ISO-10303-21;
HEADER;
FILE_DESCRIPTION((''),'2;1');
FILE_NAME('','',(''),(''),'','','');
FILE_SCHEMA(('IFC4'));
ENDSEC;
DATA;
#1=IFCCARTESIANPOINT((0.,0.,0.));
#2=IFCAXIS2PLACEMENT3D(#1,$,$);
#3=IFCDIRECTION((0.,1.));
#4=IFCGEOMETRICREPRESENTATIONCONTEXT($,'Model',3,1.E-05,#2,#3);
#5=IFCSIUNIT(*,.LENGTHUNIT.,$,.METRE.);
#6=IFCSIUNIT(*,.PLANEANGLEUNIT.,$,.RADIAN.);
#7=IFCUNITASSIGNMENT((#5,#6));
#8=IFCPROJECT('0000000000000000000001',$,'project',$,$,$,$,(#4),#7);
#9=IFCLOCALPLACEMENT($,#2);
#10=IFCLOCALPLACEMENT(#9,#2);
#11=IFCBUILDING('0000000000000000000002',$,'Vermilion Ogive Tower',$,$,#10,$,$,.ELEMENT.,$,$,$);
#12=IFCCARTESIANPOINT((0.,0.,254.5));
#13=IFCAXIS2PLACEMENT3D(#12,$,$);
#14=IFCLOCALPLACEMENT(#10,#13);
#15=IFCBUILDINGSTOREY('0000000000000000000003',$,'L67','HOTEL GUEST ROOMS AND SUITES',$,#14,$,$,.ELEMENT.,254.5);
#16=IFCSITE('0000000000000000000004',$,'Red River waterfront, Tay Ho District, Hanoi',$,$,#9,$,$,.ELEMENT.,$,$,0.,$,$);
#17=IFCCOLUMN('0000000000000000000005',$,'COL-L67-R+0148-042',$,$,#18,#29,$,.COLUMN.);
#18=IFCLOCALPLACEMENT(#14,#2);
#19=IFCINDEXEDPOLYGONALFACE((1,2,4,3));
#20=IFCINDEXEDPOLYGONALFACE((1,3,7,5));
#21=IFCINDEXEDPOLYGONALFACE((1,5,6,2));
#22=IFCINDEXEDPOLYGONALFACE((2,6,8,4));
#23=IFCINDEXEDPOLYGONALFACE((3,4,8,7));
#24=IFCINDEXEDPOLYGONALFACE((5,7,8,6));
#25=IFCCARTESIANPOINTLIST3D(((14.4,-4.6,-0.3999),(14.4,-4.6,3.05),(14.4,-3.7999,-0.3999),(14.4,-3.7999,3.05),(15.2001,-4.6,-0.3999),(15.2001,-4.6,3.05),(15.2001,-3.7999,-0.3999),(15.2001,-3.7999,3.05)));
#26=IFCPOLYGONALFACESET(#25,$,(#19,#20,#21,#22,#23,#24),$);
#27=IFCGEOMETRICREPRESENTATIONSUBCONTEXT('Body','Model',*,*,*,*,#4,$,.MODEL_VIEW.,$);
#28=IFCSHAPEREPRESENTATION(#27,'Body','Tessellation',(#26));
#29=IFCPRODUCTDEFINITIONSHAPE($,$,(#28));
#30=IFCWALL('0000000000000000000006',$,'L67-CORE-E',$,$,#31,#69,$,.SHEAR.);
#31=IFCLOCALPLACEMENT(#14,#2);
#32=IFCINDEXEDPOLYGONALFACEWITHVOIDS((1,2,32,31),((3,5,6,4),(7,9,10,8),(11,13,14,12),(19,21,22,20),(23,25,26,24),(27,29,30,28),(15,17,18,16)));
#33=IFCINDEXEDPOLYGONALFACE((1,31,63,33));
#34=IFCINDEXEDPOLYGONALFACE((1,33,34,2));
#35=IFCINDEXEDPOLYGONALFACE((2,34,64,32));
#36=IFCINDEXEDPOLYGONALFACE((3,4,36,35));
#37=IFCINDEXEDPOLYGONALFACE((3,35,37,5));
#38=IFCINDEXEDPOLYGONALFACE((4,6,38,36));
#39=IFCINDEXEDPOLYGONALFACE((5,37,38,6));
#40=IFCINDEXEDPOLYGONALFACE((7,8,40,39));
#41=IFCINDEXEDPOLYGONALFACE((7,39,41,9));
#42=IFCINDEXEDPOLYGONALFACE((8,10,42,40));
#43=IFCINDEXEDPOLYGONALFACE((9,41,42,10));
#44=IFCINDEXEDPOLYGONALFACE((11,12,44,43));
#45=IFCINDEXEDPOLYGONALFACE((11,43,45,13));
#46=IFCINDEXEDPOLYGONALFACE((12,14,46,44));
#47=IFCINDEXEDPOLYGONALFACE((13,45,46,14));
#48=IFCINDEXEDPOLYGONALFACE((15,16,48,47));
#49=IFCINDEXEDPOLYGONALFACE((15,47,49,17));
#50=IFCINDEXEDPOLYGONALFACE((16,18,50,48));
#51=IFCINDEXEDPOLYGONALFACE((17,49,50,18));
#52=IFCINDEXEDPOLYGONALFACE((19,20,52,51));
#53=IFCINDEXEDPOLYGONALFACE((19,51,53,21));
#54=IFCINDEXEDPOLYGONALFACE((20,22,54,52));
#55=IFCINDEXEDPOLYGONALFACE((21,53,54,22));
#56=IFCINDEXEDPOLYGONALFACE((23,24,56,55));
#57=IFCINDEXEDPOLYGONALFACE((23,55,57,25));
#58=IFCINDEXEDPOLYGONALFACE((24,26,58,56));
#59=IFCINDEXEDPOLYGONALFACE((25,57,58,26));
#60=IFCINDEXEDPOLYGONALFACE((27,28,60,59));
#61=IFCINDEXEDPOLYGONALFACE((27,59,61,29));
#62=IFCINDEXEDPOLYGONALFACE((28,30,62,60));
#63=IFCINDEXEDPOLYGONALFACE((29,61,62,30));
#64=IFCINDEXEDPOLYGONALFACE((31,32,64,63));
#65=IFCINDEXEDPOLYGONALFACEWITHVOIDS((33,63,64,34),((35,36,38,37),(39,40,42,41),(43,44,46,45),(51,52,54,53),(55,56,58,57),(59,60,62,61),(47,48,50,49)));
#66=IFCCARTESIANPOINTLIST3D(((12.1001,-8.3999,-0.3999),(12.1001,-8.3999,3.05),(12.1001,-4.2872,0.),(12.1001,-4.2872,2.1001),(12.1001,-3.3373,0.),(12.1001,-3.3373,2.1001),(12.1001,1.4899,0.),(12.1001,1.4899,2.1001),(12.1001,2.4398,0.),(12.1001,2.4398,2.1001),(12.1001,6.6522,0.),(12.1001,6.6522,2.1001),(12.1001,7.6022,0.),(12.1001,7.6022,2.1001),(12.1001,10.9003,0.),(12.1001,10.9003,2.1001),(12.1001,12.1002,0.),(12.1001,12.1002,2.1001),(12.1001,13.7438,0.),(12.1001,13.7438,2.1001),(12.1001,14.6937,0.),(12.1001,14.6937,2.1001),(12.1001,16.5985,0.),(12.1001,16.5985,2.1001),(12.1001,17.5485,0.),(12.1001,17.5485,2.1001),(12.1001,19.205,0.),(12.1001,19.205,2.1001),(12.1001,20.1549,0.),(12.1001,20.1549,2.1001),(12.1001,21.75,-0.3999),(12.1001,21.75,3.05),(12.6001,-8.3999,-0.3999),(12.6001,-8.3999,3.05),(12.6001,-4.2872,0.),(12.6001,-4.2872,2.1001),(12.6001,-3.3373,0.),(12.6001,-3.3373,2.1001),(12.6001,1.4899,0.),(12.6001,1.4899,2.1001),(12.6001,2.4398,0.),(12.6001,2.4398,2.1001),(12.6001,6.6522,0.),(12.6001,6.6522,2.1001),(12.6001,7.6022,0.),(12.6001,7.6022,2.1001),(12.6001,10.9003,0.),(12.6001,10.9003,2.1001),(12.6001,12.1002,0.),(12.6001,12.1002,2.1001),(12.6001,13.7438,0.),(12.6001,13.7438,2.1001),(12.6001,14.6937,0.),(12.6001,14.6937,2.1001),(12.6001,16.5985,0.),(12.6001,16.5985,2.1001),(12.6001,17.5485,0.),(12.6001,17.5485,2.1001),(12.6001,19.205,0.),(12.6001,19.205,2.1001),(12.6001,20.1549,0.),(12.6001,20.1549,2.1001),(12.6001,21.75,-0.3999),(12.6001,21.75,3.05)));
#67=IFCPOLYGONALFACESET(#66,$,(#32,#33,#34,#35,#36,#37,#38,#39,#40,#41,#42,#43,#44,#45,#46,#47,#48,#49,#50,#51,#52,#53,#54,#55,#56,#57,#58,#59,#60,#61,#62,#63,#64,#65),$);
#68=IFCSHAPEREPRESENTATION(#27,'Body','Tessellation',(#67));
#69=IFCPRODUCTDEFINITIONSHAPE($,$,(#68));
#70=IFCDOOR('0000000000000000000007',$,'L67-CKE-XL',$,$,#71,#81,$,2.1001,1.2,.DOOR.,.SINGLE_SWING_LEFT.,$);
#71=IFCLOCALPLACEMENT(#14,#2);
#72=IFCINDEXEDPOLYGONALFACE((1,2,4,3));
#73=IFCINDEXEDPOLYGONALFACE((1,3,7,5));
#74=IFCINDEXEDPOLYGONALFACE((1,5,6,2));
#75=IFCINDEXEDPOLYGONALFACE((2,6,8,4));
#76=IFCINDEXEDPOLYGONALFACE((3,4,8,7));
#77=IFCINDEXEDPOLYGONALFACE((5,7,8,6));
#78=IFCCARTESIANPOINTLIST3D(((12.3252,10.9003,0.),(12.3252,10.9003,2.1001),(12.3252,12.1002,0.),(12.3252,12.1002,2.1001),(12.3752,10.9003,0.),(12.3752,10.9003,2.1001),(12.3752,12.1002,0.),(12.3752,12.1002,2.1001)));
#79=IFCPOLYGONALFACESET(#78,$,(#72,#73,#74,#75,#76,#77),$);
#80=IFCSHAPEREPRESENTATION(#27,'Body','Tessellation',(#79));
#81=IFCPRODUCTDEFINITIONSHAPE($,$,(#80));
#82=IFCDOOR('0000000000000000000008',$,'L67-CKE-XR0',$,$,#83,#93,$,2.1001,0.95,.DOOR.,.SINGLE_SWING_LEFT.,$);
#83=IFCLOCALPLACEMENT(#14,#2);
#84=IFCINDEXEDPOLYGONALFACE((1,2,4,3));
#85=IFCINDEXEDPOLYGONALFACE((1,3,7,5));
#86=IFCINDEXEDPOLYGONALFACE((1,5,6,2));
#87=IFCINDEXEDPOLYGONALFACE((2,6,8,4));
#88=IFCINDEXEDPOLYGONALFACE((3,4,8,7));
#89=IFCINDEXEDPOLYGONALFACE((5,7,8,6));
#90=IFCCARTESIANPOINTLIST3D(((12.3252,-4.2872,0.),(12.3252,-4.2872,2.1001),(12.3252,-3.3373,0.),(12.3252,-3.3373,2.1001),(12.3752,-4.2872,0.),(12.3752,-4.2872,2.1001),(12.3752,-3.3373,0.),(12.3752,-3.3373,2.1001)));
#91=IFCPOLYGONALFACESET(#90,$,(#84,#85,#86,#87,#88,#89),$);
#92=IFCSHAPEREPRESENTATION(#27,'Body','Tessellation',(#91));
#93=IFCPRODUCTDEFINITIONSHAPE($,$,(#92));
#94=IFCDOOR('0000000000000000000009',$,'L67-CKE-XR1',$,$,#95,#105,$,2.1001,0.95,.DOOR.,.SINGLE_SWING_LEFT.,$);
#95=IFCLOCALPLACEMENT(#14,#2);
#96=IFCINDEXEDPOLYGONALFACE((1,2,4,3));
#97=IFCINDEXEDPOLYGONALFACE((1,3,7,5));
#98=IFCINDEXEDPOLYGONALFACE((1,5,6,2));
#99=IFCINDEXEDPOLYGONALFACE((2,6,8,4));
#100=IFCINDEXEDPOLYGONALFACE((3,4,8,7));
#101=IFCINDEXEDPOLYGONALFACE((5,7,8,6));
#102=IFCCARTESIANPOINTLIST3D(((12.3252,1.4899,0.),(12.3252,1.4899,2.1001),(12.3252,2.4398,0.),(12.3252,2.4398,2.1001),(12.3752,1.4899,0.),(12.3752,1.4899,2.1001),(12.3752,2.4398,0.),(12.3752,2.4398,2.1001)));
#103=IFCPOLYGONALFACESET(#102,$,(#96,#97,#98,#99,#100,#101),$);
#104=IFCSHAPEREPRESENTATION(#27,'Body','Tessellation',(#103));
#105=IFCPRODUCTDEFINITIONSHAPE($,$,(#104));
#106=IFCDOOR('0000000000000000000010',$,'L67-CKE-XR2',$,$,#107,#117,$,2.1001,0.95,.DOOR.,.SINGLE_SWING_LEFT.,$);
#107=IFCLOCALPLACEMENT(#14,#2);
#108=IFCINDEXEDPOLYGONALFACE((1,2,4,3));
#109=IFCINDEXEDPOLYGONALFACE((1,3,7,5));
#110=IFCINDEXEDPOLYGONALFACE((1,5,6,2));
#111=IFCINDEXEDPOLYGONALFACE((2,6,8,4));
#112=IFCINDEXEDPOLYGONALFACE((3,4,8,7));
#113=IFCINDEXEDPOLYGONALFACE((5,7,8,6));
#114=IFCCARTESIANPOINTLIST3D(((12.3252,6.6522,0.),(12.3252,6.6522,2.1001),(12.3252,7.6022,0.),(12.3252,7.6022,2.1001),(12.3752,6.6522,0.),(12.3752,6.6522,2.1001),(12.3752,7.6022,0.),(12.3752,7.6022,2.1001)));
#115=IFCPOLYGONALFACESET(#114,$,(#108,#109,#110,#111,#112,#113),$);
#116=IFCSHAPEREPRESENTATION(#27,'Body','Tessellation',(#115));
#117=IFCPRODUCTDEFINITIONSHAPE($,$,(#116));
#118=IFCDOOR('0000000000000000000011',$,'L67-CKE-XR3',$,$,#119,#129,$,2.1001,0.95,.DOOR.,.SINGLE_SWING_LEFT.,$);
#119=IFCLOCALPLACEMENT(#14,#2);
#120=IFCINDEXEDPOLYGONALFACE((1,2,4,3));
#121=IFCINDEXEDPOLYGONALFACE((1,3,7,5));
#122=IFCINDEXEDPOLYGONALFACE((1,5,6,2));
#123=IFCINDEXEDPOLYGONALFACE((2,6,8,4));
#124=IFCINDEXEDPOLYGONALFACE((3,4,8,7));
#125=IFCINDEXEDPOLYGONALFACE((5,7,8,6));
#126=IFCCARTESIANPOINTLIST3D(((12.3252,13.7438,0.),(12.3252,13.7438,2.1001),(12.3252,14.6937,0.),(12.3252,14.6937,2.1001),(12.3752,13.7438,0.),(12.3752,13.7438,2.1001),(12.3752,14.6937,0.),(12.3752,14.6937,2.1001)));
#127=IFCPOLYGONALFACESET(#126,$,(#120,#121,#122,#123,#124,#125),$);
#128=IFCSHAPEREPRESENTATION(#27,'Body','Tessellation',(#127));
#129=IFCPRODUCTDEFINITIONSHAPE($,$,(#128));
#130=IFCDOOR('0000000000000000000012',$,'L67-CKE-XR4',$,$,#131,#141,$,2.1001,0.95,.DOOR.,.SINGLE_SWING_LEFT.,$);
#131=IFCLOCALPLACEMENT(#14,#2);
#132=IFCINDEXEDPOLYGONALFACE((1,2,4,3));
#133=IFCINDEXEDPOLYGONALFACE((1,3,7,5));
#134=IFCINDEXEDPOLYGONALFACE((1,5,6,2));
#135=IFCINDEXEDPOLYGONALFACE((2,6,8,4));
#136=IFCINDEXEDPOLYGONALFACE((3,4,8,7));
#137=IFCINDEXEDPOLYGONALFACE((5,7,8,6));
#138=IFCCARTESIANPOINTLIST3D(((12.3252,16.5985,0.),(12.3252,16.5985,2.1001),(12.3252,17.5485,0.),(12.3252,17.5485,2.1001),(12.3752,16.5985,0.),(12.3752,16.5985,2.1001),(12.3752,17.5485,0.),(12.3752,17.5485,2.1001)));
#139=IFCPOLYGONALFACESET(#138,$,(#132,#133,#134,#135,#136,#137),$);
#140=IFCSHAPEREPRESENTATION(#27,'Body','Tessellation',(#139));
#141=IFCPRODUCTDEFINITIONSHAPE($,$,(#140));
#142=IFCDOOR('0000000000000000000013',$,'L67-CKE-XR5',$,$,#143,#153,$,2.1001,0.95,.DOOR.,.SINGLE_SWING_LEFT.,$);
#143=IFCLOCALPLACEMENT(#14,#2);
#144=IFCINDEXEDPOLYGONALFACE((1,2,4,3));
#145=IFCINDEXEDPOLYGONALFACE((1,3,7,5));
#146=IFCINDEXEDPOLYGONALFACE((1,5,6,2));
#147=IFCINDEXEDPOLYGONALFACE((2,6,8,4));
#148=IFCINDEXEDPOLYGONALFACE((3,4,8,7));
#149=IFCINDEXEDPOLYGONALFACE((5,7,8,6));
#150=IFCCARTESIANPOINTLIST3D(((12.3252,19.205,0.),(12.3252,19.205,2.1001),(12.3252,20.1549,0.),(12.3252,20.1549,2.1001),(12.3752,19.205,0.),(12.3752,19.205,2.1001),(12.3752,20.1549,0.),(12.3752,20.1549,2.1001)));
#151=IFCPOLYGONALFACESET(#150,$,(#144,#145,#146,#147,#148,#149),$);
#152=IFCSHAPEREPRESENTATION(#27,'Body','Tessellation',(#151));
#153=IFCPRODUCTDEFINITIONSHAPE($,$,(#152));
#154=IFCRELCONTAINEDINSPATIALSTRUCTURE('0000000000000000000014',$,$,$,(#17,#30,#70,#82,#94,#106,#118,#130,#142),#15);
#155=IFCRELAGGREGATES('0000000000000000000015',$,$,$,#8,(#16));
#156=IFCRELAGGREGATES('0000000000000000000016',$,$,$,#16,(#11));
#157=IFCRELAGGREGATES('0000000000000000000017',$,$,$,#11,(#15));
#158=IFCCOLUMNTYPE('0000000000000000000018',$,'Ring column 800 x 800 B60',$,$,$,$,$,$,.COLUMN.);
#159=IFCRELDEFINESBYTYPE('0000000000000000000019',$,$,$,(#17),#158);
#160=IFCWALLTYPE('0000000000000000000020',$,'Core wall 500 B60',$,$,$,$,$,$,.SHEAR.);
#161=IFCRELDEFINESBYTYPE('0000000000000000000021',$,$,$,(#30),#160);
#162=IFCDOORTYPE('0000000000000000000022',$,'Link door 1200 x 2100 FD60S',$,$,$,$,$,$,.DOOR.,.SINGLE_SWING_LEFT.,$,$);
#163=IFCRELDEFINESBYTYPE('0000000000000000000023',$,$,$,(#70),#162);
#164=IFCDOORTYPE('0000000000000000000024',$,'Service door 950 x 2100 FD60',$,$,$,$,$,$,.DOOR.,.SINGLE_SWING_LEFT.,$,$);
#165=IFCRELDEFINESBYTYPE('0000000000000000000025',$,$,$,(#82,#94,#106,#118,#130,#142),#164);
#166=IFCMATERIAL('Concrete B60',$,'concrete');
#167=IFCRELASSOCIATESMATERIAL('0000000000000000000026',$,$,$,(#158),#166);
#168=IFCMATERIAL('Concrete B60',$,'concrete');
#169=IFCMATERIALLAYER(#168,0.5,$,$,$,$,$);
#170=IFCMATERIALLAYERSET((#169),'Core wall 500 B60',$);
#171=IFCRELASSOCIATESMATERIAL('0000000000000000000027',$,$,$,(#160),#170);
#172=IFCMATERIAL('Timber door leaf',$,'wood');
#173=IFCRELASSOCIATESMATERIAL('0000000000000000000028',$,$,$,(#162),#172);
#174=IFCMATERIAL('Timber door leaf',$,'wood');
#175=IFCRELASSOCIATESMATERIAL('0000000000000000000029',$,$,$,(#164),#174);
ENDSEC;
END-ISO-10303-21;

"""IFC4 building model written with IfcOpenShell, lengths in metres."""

from ifc_helpers import new_model, si_unit, direction, frame, frame_2d, origin, origin_2d, place, context, subcontext, project, spatial, rectangle, extrude, material, layer, layer_set, material_profile, profile_set, type_object, element, fill, save


model = new_model("IFC4")

# Units and contexts
model_context = context("Model", 3, precision=1e-05, world=origin(), true_north=direction((0.0, 1.0)))
body_context = subcontext(model_context, "Body", "Model", "MODEL_VIEW")
ifc_project = project(units=[si_unit("LENGTHUNIT", "METRE"), si_unit("PLANEANGLEUNIT", "RADIAN")], contexts=[model_context])

# Site, building, storey
site_placement = place(None, origin())
site = spatial("IfcSite", under=ifc_project, at=site_placement, Name="Red River waterfront, Tay Ho District, Hanoi", CompositionType="ELEMENT", RefElevation=0.0)
building_placement = place(site_placement, origin())
building = spatial("IfcBuilding", under=site, at=building_placement, Name="Vermilion Ogive Tower", CompositionType="ELEMENT")
storey_placement = place(building_placement, frame((0.0, 0.0, 254.5)))
storey = spatial("IfcBuildingStorey", under=building, at=storey_placement, Name="L67", Description="HOTEL GUEST ROOMS AND SUITES", CompositionType="ELEMENT", Elevation=254.5)

# Column
ifc_material_1 = material(Name="Concrete B60", Category="concrete")
ifc_material_profile = material_profile(ifc_material_1, rectangle(XDim=0.8, YDim=0.8, at=origin_2d()), Name="800 x 800")
ifc_profile_set = profile_set([ifc_material_profile], Name="Concrete B60")
column_type = type_object("IfcColumnType", Name="Ring column 800 x 800 B60", PredefinedType="COLUMN", material=ifc_profile_set)
column_placement = place(storey_placement, frame((14.8, -4.2, -0.3999), z_axis=(0.0, 0.0, 1.0), x_axis=(1.0, 0.0, 0.0)))
element("IfcColumn", 1, at=column_placement, inside=storey, type_object=column_type, Name="COL-L67-R+0148-042", PredefinedType="COLUMN", context=body_context, shape_type="SweptSolid", body=[
    extrude(rectangle(XDim=0.8, YDim=0.8, at=origin_2d()), origin(), (0.0, 0.0, 1.0), 3.45),
])

# Wall, openings, doors
ifc_material_2 = material(Name="Concrete B60", Category="concrete")
ifc_layer_1 = layer(ifc_material_2, 0.5)
ifc_layer_set_1 = layer_set([ifc_layer_1], Name="Core wall 500 B60")
wall_type_1 = type_object("IfcWallType", Name="Core wall 500 B60", PredefinedType="SHEAR", material=ifc_layer_set_1)
wall_1_placement = place(storey_placement, frame((12.3501, -8.3999, -0.3999), z_axis=(0.0, 0.0, 1.0), x_axis=(0.0, 1.0, 0.0)))
wall_1 = element("IfcWall", 2, at=wall_1_placement, inside=storey, type_object=wall_type_1, Name="L67-CORE-E", PredefinedType="SHEAR", context=body_context, shape_type="SweptSolid", body=[
    extrude(rectangle(XDim=30.1499, YDim=0.5, at=frame_2d((15.075, 0.0))), origin(), (0.0, 0.0, 1.0), 3.45),
])
opening_1_placement = place(wall_1_placement, frame((4.1125, 0.0, 0.3999)))
opening_1 = element("IfcOpeningElement", 3, at=opening_1_placement, cuts=wall_1, PredefinedType="OPENING", context=body_context, shape_type="SweptSolid", body=[
    extrude(rectangle(XDim=0.95, YDim=2.1001, at=frame_2d((0.4751, 1.05))), frame((0.0, 0.26, 0.0), z_axis=(0.0, -1.0, 0.0), x_axis=(1.0, 0.0, 0.0)), (0.0, 0.0, 1.0), 0.52),
])
opening_2_placement = place(wall_1_placement, frame((9.8896, 0.0, 0.3999)))
opening_2 = element("IfcOpeningElement", 4, at=opening_2_placement, cuts=wall_1, PredefinedType="OPENING", context=body_context, shape_type="SweptSolid", body=[
    extrude(rectangle(XDim=0.95, YDim=2.1001, at=frame_2d((0.4751, 1.05))), frame((0.0, 0.26, 0.0), z_axis=(0.0, -1.0, 0.0), x_axis=(1.0, 0.0, 0.0)), (0.0, 0.0, 1.0), 0.52),
])
opening_3_placement = place(wall_1_placement, frame((15.052, 0.0, 0.3999)))
opening_3 = element("IfcOpeningElement", 5, at=opening_3_placement, cuts=wall_1, PredefinedType="OPENING", context=body_context, shape_type="SweptSolid", body=[
    extrude(rectangle(XDim=0.95, YDim=2.1001, at=frame_2d((0.4751, 1.05))), frame((0.0, 0.26, 0.0), z_axis=(0.0, -1.0, 0.0), x_axis=(1.0, 0.0, 0.0)), (0.0, 0.0, 1.0), 0.52),
])
opening_4_placement = place(wall_1_placement, frame((22.1436, 0.0, 0.3999)))
opening_4 = element("IfcOpeningElement", 6, at=opening_4_placement, cuts=wall_1, PredefinedType="OPENING", context=body_context, shape_type="SweptSolid", body=[
    extrude(rectangle(XDim=0.95, YDim=2.1001, at=frame_2d((0.4751, 1.05))), frame((0.0, 0.26, 0.0), z_axis=(0.0, -1.0, 0.0), x_axis=(1.0, 0.0, 0.0)), (0.0, 0.0, 1.0), 0.52),
])
opening_5_placement = place(wall_1_placement, frame((24.9983, 0.0, 0.3999)))
opening_5 = element("IfcOpeningElement", 7, at=opening_5_placement, cuts=wall_1, PredefinedType="OPENING", context=body_context, shape_type="SweptSolid", body=[
    extrude(rectangle(XDim=0.95, YDim=2.1001, at=frame_2d((0.4751, 1.05))), frame((0.0, 0.26, 0.0), z_axis=(0.0, -1.0, 0.0), x_axis=(1.0, 0.0, 0.0)), (0.0, 0.0, 1.0), 0.52),
])
opening_6_placement = place(wall_1_placement, frame((27.6047, 0.0, 0.3999)))
opening_6 = element("IfcOpeningElement", 8, at=opening_6_placement, cuts=wall_1, PredefinedType="OPENING", context=body_context, shape_type="SweptSolid", body=[
    extrude(rectangle(XDim=0.95, YDim=2.1001, at=frame_2d((0.4751, 1.05))), frame((0.0, 0.26, 0.0), z_axis=(0.0, -1.0, 0.0), x_axis=(1.0, 0.0, 0.0)), (0.0, 0.0, 1.0), 0.52),
])
opening_7_placement = place(wall_1_placement, frame((19.3, 0.0, 0.3999)))
opening_7 = element("IfcOpeningElement", 9, at=opening_7_placement, cuts=wall_1, PredefinedType="OPENING", context=body_context, shape_type="SweptSolid", body=[
    extrude(rectangle(XDim=1.2, YDim=2.1001, at=frame_2d((0.6001, 1.05))), frame((0.0, 0.26, 0.0), z_axis=(0.0, -1.0, 0.0), x_axis=(1.0, 0.0, 0.0)), (0.0, 0.0, 1.0), 0.52),
])
ifc_material_3 = material(Name="Timber door leaf", Category="wood")
door_type_1 = type_object("IfcDoorType", Name="Link door 1200 x 2100 FD60S", OperationType="SINGLE_SWING_LEFT", PredefinedType="DOOR", material=ifc_material_3)
door_1_placement = place(opening_7_placement, origin())
door_1 = element("IfcDoor", 10, at=door_1_placement, inside=storey, type_object=door_type_1, Name="L67-CKE-XL", OperationType="SINGLE_SWING_LEFT", OverallHeight=2.1001, OverallWidth=1.2, PredefinedType="DOOR", context=body_context, shape_type="SweptSolid", body=[
    extrude(rectangle(XDim=1.2, YDim=2.1001, at=frame_2d((0.6001, 1.05))), frame((0.0, 0.0249, 0.0), z_axis=(0.0, -1.0, 0.0), x_axis=(1.0, 0.0, 0.0)), (0.0, 0.0, 1.0), 0.05),
])
fill(opening_7, door_1)
ifc_material_4 = material(Name="Timber door leaf", Category="wood")
door_type_2 = type_object("IfcDoorType", Name="Service door 950 x 2100 FD60", OperationType="SINGLE_SWING_LEFT", PredefinedType="DOOR", material=ifc_material_4)
door_2_placement = place(opening_1_placement, origin())
door_2 = element("IfcDoor", 11, at=door_2_placement, inside=storey, type_object=door_type_2, Name="L67-CKE-XR0", OperationType="SINGLE_SWING_LEFT", OverallHeight=2.1001, OverallWidth=0.95, PredefinedType="DOOR", context=body_context, shape_type="SweptSolid", body=[
    extrude(rectangle(XDim=0.95, YDim=2.1001, at=frame_2d((0.4751, 1.05))), frame((0.0, 0.0249, 0.0), z_axis=(0.0, -1.0, 0.0), x_axis=(1.0, 0.0, 0.0)), (0.0, 0.0, 1.0), 0.05),
])
fill(opening_1, door_2)
door_3_placement = place(opening_2_placement, origin())
door_3 = element("IfcDoor", 12, at=door_3_placement, inside=storey, type_object=door_type_2, Name="L67-CKE-XR1", OperationType="SINGLE_SWING_LEFT", OverallHeight=2.1001, OverallWidth=0.95, PredefinedType="DOOR", context=body_context, shape_type="SweptSolid", body=[
    extrude(rectangle(XDim=0.95, YDim=2.1001, at=frame_2d((0.4751, 1.05))), frame((0.0, 0.0249, 0.0), z_axis=(0.0, -1.0, 0.0), x_axis=(1.0, 0.0, 0.0)), (0.0, 0.0, 1.0), 0.05),
])
fill(opening_2, door_3)
door_4_placement = place(opening_3_placement, origin())
door_4 = element("IfcDoor", 13, at=door_4_placement, inside=storey, type_object=door_type_2, Name="L67-CKE-XR2", OperationType="SINGLE_SWING_LEFT", OverallHeight=2.1001, OverallWidth=0.95, PredefinedType="DOOR", context=body_context, shape_type="SweptSolid", body=[
    extrude(rectangle(XDim=0.95, YDim=2.1001, at=frame_2d((0.4751, 1.05))), frame((0.0, 0.0249, 0.0), z_axis=(0.0, -1.0, 0.0), x_axis=(1.0, 0.0, 0.0)), (0.0, 0.0, 1.0), 0.05),
])
fill(opening_3, door_4)
door_5_placement = place(opening_4_placement, origin())
door_5 = element("IfcDoor", 14, at=door_5_placement, inside=storey, type_object=door_type_2, Name="L67-CKE-XR3", OperationType="SINGLE_SWING_LEFT", OverallHeight=2.1001, OverallWidth=0.95, PredefinedType="DOOR", context=body_context, shape_type="SweptSolid", body=[
    extrude(rectangle(XDim=0.95, YDim=2.1001, at=frame_2d((0.4751, 1.05))), frame((0.0, 0.0249, 0.0), z_axis=(0.0, -1.0, 0.0), x_axis=(1.0, 0.0, 0.0)), (0.0, 0.0, 1.0), 0.05),
])
fill(opening_4, door_5)
door_6_placement = place(opening_5_placement, origin())
door_6 = element("IfcDoor", 15, at=door_6_placement, inside=storey, type_object=door_type_2, Name="L67-CKE-XR4", OperationType="SINGLE_SWING_LEFT", OverallHeight=2.1001, OverallWidth=0.95, PredefinedType="DOOR", context=body_context, shape_type="SweptSolid", body=[
    extrude(rectangle(XDim=0.95, YDim=2.1001, at=frame_2d((0.4751, 1.05))), frame((0.0, 0.0249, 0.0), z_axis=(0.0, -1.0, 0.0), x_axis=(1.0, 0.0, 0.0)), (0.0, 0.0, 1.0), 0.05),
])
fill(opening_5, door_6)
door_7_placement = place(opening_6_placement, origin())
door_7 = element("IfcDoor", 16, at=door_7_placement, inside=storey, type_object=door_type_2, Name="L67-CKE-XR5", OperationType="SINGLE_SWING_LEFT", OverallHeight=2.1001, OverallWidth=0.95, PredefinedType="DOOR", context=body_context, shape_type="SweptSolid", body=[
    extrude(rectangle(XDim=0.95, YDim=2.1001, at=frame_2d((0.4751, 1.05))), frame((0.0, 0.0249, 0.0), z_axis=(0.0, -1.0, 0.0), x_axis=(1.0, 0.0, 0.0)), (0.0, 0.0, 1.0), 0.05),
])
fill(opening_6, door_7)

save(model, "model.ifc")
